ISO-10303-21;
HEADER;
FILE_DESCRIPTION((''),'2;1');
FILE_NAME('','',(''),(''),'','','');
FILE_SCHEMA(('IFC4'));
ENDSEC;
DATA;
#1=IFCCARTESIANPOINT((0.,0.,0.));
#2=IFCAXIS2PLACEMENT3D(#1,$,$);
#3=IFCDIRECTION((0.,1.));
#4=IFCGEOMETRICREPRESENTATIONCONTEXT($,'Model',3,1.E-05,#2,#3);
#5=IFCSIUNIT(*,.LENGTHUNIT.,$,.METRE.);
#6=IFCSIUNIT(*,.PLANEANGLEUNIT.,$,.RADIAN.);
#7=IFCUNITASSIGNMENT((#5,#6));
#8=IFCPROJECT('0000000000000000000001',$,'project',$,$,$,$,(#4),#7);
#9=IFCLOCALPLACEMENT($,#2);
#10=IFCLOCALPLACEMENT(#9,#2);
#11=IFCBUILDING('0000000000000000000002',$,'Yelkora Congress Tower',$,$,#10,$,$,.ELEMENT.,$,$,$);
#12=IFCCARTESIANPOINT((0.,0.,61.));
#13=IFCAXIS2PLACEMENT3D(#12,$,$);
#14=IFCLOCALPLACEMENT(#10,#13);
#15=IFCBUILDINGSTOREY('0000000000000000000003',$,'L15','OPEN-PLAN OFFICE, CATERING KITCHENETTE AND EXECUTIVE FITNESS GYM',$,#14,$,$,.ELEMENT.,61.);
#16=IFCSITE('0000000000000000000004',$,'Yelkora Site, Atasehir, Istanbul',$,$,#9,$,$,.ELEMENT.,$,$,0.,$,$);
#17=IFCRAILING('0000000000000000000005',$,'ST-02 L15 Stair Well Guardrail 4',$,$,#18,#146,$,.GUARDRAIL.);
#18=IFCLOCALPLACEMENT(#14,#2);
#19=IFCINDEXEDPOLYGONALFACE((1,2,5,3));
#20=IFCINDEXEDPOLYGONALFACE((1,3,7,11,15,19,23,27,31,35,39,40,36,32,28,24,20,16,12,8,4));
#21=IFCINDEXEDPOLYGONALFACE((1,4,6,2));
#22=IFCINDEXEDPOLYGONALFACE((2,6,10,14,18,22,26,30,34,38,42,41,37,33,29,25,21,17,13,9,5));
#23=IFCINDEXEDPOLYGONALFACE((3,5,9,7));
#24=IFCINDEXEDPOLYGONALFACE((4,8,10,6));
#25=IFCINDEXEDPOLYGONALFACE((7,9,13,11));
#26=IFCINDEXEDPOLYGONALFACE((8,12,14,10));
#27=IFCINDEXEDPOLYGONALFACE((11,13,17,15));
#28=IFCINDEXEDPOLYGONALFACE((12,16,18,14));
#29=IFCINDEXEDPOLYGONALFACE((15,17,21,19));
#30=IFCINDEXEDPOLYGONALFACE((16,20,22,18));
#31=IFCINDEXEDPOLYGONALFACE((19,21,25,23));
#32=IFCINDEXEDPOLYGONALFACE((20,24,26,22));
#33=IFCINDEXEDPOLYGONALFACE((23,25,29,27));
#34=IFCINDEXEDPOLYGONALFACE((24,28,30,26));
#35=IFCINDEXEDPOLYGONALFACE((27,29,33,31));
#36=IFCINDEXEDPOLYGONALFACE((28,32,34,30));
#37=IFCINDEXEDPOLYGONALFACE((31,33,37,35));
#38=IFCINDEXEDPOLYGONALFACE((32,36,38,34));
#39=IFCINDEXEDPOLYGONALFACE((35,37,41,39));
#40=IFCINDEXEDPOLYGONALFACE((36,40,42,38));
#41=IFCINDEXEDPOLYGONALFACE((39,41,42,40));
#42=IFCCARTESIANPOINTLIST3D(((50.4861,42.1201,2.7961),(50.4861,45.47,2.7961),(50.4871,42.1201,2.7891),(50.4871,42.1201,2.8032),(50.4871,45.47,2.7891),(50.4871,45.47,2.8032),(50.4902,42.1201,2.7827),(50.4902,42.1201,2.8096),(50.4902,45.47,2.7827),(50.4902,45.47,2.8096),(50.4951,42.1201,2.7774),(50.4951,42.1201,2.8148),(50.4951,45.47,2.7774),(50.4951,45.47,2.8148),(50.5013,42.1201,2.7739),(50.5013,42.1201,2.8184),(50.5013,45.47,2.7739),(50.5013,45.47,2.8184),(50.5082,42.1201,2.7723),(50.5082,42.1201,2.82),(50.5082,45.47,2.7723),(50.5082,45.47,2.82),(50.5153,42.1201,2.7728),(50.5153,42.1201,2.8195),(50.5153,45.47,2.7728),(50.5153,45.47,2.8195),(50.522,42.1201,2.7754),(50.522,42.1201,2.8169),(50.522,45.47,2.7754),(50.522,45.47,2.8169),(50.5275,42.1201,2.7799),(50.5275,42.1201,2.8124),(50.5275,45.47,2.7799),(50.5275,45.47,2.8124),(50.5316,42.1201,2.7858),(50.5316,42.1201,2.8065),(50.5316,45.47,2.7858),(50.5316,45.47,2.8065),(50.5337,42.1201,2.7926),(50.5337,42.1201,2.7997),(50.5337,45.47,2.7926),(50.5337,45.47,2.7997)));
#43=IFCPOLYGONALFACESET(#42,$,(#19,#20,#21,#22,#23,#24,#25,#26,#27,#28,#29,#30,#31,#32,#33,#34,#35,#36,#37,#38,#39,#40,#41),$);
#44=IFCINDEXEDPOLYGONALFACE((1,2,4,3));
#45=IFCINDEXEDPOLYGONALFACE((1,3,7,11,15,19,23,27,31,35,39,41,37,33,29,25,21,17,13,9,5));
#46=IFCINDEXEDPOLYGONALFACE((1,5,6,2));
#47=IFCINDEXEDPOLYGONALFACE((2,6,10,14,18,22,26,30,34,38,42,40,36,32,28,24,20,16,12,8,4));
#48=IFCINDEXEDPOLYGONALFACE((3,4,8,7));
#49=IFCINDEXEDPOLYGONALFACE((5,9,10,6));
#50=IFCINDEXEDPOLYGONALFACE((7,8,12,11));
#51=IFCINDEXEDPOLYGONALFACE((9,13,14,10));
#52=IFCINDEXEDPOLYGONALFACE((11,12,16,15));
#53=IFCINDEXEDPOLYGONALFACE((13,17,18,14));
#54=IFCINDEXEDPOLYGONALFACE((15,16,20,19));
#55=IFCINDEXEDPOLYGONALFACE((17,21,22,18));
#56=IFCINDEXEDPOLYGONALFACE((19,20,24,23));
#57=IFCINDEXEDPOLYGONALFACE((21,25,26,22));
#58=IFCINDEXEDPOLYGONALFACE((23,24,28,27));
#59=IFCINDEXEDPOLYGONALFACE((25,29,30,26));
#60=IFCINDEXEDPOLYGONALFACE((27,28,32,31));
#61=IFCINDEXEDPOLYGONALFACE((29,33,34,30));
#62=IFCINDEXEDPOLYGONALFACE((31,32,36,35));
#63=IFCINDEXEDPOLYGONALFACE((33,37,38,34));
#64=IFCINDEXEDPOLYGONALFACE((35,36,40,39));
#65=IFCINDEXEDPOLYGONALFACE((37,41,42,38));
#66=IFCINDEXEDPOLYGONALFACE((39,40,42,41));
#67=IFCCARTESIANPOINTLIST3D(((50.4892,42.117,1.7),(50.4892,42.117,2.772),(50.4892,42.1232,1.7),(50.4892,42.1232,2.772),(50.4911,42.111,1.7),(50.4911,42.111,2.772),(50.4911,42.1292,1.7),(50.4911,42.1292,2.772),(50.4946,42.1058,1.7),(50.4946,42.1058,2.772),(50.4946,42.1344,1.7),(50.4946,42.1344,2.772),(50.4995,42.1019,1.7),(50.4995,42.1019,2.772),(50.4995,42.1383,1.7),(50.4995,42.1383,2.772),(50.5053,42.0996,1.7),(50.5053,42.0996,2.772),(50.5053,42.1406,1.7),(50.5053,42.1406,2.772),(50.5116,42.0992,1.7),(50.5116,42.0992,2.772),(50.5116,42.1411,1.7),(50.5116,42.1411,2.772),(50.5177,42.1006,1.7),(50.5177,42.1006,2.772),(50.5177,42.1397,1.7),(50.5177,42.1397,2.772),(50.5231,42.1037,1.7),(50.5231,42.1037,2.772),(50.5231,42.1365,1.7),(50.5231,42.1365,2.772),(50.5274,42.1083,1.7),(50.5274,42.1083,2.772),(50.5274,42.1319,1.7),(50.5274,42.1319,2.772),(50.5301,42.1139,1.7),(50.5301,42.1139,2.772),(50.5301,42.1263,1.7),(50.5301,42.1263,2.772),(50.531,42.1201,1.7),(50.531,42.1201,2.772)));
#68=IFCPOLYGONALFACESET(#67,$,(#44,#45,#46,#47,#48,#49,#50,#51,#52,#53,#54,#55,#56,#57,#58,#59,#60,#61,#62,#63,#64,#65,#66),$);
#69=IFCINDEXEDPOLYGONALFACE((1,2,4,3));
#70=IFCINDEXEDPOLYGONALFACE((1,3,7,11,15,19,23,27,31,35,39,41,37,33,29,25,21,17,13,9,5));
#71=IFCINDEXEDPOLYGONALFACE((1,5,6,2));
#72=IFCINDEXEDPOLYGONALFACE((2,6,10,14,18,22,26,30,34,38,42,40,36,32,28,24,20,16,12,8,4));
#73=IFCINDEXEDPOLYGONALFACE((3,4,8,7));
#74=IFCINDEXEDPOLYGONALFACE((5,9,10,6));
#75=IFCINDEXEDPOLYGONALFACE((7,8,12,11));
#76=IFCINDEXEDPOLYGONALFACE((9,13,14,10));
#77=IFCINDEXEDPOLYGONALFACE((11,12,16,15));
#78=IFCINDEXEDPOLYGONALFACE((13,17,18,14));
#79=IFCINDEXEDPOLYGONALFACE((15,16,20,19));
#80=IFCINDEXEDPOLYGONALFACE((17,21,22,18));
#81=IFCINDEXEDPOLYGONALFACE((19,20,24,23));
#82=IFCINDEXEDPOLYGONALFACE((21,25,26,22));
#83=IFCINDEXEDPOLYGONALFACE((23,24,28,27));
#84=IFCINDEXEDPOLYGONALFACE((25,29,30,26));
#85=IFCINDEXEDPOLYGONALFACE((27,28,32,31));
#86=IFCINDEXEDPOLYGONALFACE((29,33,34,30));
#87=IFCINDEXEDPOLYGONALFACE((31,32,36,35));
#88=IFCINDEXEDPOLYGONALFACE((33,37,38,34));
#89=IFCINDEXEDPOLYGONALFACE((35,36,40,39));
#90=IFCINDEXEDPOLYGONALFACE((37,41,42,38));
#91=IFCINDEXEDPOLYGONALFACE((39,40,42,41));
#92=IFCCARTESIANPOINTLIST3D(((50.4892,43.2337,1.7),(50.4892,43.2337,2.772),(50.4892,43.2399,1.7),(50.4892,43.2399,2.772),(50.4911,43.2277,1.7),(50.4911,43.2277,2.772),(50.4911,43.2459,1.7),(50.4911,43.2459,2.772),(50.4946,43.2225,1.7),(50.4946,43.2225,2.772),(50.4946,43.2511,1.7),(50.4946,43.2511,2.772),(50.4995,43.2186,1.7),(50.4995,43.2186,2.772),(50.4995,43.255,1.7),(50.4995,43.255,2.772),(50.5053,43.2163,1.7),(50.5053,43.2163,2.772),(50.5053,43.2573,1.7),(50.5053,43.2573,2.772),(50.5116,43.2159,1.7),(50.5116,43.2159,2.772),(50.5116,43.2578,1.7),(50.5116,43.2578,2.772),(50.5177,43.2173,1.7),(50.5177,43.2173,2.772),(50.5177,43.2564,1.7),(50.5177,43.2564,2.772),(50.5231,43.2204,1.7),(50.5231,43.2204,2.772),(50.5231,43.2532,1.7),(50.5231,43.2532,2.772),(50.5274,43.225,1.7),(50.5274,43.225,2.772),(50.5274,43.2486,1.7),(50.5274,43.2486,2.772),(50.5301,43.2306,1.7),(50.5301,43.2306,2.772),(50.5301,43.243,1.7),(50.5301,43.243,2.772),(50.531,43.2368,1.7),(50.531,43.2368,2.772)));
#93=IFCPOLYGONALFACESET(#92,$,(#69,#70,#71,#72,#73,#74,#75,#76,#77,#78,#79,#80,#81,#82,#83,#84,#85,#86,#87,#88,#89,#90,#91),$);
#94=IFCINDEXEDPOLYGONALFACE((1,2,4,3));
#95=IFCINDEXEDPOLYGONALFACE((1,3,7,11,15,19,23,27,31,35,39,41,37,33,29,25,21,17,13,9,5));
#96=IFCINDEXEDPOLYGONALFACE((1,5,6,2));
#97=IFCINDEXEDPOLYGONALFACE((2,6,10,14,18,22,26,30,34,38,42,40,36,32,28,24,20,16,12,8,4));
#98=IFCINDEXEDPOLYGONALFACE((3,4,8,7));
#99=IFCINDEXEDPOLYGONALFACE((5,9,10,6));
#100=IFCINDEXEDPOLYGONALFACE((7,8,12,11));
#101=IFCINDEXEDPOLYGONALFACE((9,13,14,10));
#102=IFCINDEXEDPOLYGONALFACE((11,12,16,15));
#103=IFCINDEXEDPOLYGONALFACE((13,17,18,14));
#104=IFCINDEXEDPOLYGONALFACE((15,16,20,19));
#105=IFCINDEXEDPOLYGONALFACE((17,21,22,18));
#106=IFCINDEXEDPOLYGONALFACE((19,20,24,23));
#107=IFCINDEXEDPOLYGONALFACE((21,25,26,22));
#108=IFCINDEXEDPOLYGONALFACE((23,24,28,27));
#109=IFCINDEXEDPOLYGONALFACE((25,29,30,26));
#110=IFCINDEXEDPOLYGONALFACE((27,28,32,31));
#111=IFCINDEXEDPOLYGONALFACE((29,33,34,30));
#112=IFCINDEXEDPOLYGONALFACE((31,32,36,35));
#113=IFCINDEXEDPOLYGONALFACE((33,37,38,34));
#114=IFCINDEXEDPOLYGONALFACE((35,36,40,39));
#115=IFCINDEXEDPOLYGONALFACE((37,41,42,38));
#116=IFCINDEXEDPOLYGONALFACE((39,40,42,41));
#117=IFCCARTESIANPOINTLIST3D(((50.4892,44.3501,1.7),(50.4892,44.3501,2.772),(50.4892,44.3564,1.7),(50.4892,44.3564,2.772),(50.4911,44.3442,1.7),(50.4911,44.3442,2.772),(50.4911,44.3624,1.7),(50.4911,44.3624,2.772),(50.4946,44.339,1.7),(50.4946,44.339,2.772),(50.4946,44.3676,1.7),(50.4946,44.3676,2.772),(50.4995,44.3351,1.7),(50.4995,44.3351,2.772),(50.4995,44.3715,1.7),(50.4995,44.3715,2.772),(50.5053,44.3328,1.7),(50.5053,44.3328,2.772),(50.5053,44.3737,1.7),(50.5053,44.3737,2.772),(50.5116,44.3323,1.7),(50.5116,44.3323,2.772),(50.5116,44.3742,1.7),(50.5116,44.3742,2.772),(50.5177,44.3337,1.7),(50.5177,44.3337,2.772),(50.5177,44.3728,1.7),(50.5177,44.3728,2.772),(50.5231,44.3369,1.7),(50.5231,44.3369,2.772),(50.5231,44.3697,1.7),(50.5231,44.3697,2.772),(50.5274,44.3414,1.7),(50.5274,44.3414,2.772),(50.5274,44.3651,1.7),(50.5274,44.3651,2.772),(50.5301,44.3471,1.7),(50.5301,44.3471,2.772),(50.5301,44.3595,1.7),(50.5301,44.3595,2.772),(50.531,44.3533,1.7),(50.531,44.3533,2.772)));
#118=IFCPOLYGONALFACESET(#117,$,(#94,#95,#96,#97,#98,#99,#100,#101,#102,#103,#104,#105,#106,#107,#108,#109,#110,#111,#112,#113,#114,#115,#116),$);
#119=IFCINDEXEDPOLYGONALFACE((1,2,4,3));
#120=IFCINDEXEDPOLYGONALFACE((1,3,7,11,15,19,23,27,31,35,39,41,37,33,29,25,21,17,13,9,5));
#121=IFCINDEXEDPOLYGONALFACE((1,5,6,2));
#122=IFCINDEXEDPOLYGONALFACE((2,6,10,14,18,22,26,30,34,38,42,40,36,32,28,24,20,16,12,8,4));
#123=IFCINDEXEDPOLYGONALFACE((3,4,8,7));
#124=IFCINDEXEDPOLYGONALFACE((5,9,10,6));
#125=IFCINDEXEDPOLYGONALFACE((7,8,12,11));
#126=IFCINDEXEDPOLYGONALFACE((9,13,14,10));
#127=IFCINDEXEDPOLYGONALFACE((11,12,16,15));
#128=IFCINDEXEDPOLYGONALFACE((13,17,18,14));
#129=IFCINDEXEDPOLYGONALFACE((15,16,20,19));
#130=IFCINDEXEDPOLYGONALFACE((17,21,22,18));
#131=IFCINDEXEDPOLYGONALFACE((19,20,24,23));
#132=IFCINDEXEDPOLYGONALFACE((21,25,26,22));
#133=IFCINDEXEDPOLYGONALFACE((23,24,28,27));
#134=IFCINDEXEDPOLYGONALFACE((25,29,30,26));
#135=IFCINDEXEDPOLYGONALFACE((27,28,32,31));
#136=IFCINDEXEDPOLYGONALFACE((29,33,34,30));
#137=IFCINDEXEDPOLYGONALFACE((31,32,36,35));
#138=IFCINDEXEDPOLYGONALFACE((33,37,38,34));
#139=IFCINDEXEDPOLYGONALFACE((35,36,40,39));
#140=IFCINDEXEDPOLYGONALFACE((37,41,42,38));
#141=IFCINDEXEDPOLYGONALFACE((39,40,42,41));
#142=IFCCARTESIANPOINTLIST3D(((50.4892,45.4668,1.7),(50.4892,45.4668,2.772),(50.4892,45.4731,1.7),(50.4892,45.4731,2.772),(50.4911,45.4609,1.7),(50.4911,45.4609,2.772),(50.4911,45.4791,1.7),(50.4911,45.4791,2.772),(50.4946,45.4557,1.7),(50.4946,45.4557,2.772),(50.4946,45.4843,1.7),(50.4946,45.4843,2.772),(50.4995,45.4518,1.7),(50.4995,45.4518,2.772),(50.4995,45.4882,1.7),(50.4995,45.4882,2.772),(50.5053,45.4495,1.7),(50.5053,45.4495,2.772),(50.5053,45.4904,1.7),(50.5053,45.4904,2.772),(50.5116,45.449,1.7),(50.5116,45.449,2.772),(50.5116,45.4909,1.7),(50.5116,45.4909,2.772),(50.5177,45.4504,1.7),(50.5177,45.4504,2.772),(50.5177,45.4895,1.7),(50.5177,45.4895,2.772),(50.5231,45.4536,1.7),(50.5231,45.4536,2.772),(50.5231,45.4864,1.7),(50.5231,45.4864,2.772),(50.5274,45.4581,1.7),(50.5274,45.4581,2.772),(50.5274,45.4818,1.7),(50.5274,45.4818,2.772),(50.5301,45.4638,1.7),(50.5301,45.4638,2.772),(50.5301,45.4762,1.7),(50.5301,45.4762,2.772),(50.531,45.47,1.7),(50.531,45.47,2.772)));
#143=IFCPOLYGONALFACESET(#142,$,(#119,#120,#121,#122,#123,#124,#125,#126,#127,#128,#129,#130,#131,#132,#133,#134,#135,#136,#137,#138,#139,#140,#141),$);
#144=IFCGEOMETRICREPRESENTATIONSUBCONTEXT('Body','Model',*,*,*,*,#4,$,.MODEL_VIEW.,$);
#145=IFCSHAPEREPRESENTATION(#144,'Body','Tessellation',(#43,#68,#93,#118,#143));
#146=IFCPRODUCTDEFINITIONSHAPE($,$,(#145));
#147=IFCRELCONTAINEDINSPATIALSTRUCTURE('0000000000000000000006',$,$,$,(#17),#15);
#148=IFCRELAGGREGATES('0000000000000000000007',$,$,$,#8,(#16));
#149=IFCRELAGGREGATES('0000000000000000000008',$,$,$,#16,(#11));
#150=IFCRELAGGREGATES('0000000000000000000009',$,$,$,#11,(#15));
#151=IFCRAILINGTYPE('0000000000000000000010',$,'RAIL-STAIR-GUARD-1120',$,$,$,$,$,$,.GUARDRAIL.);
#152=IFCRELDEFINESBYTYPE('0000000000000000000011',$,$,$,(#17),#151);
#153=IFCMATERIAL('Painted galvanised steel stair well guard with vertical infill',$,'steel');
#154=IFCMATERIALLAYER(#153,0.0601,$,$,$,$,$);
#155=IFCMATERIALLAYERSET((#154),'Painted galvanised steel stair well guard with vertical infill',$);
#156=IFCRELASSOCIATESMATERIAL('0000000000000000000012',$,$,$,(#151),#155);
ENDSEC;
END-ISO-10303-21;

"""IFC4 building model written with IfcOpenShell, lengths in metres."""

from ifc_helpers import new_model, si_unit, direction, frame, origin, origin_2d, place, context, subcontext, project, spatial, circle, extrude, material, layer, layer_set, type_object, element, save


model = new_model("IFC4")

# Units and contexts
model_context = context("Model", 3, precision=1e-05, world=origin(), true_north=direction((0.0, 1.0)))
body_context = subcontext(model_context, "Body", "Model", "MODEL_VIEW")
ifc_project = project(units=[si_unit("LENGTHUNIT", "METRE"), si_unit("PLANEANGLEUNIT", "RADIAN")], contexts=[model_context])

# Site, building, storey
site_placement = place(None, origin())
site = spatial("IfcSite", under=ifc_project, at=site_placement, Name="Yelkora Site, Atasehir, Istanbul", CompositionType="ELEMENT", RefElevation=0.0)
building_placement = place(site_placement, origin())
building = spatial("IfcBuilding", under=site, at=building_placement, Name="Yelkora Congress Tower", CompositionType="ELEMENT")
storey_placement = place(building_placement, frame((0.0, 0.0, 61.0)))
storey = spatial("IfcBuildingStorey", under=building, at=storey_placement, Name="L15", Description="OPEN-PLAN OFFICE, CATERING KITCHENETTE AND EXECUTIVE FITNESS GYM", CompositionType="ELEMENT", Elevation=61.0)

# Railing
ifc_material_1 = material(Name="Painted galvanised steel stair well guard with vertical infill", Category="steel")
ifc_layer_1 = layer(ifc_material_1, 0.0601)
ifc_layer_set_1 = layer_set([ifc_layer_1], Name="Painted galvanised steel stair well guard with vertical infill")
railing_type_1 = type_object("IfcRailingType", Name="RAIL-STAIR-GUARD-1120", PredefinedType="GUARDRAIL", material=ifc_layer_set_1)
railing_1_placement = place(storey_placement, frame((50.51, 42.1201, 1.7)))
element("IfcRailing", 1, at=railing_1_placement, inside=storey, type_object=railing_type_1, Name="ST-02 L15 Stair Well Guardrail 4", PredefinedType="GUARDRAIL", context=body_context, shape_type="SweptSolid", body=[
    extrude(circle(Radius=0.0239, at=origin_2d()), frame((0.0, 0.0, 1.0962), z_axis=(0.0, 1.0, 0.0), x_axis=(-1.0, 0.0, 0.0)), (0.0, 0.0, 1.0), 3.3499),
    extrude(circle(Radius=0.021, at=origin_2d()), origin(), (0.0, 0.0, 1.0), 1.072),
    extrude(circle(Radius=0.021, at=origin_2d()), frame((0.0, 1.1167, 0.0)), (0.0, 0.0, 1.0), 1.072),
    extrude(circle(Radius=0.021, at=origin_2d()), frame((0.0, 2.2332, 0.0)), (0.0, 0.0, 1.0), 1.072),
    extrude(circle(Radius=0.021, at=origin_2d()), frame((0.0, 3.3499, 0.0)), (0.0, 0.0, 1.0), 1.072),
])

save(model, "model.ifc")
